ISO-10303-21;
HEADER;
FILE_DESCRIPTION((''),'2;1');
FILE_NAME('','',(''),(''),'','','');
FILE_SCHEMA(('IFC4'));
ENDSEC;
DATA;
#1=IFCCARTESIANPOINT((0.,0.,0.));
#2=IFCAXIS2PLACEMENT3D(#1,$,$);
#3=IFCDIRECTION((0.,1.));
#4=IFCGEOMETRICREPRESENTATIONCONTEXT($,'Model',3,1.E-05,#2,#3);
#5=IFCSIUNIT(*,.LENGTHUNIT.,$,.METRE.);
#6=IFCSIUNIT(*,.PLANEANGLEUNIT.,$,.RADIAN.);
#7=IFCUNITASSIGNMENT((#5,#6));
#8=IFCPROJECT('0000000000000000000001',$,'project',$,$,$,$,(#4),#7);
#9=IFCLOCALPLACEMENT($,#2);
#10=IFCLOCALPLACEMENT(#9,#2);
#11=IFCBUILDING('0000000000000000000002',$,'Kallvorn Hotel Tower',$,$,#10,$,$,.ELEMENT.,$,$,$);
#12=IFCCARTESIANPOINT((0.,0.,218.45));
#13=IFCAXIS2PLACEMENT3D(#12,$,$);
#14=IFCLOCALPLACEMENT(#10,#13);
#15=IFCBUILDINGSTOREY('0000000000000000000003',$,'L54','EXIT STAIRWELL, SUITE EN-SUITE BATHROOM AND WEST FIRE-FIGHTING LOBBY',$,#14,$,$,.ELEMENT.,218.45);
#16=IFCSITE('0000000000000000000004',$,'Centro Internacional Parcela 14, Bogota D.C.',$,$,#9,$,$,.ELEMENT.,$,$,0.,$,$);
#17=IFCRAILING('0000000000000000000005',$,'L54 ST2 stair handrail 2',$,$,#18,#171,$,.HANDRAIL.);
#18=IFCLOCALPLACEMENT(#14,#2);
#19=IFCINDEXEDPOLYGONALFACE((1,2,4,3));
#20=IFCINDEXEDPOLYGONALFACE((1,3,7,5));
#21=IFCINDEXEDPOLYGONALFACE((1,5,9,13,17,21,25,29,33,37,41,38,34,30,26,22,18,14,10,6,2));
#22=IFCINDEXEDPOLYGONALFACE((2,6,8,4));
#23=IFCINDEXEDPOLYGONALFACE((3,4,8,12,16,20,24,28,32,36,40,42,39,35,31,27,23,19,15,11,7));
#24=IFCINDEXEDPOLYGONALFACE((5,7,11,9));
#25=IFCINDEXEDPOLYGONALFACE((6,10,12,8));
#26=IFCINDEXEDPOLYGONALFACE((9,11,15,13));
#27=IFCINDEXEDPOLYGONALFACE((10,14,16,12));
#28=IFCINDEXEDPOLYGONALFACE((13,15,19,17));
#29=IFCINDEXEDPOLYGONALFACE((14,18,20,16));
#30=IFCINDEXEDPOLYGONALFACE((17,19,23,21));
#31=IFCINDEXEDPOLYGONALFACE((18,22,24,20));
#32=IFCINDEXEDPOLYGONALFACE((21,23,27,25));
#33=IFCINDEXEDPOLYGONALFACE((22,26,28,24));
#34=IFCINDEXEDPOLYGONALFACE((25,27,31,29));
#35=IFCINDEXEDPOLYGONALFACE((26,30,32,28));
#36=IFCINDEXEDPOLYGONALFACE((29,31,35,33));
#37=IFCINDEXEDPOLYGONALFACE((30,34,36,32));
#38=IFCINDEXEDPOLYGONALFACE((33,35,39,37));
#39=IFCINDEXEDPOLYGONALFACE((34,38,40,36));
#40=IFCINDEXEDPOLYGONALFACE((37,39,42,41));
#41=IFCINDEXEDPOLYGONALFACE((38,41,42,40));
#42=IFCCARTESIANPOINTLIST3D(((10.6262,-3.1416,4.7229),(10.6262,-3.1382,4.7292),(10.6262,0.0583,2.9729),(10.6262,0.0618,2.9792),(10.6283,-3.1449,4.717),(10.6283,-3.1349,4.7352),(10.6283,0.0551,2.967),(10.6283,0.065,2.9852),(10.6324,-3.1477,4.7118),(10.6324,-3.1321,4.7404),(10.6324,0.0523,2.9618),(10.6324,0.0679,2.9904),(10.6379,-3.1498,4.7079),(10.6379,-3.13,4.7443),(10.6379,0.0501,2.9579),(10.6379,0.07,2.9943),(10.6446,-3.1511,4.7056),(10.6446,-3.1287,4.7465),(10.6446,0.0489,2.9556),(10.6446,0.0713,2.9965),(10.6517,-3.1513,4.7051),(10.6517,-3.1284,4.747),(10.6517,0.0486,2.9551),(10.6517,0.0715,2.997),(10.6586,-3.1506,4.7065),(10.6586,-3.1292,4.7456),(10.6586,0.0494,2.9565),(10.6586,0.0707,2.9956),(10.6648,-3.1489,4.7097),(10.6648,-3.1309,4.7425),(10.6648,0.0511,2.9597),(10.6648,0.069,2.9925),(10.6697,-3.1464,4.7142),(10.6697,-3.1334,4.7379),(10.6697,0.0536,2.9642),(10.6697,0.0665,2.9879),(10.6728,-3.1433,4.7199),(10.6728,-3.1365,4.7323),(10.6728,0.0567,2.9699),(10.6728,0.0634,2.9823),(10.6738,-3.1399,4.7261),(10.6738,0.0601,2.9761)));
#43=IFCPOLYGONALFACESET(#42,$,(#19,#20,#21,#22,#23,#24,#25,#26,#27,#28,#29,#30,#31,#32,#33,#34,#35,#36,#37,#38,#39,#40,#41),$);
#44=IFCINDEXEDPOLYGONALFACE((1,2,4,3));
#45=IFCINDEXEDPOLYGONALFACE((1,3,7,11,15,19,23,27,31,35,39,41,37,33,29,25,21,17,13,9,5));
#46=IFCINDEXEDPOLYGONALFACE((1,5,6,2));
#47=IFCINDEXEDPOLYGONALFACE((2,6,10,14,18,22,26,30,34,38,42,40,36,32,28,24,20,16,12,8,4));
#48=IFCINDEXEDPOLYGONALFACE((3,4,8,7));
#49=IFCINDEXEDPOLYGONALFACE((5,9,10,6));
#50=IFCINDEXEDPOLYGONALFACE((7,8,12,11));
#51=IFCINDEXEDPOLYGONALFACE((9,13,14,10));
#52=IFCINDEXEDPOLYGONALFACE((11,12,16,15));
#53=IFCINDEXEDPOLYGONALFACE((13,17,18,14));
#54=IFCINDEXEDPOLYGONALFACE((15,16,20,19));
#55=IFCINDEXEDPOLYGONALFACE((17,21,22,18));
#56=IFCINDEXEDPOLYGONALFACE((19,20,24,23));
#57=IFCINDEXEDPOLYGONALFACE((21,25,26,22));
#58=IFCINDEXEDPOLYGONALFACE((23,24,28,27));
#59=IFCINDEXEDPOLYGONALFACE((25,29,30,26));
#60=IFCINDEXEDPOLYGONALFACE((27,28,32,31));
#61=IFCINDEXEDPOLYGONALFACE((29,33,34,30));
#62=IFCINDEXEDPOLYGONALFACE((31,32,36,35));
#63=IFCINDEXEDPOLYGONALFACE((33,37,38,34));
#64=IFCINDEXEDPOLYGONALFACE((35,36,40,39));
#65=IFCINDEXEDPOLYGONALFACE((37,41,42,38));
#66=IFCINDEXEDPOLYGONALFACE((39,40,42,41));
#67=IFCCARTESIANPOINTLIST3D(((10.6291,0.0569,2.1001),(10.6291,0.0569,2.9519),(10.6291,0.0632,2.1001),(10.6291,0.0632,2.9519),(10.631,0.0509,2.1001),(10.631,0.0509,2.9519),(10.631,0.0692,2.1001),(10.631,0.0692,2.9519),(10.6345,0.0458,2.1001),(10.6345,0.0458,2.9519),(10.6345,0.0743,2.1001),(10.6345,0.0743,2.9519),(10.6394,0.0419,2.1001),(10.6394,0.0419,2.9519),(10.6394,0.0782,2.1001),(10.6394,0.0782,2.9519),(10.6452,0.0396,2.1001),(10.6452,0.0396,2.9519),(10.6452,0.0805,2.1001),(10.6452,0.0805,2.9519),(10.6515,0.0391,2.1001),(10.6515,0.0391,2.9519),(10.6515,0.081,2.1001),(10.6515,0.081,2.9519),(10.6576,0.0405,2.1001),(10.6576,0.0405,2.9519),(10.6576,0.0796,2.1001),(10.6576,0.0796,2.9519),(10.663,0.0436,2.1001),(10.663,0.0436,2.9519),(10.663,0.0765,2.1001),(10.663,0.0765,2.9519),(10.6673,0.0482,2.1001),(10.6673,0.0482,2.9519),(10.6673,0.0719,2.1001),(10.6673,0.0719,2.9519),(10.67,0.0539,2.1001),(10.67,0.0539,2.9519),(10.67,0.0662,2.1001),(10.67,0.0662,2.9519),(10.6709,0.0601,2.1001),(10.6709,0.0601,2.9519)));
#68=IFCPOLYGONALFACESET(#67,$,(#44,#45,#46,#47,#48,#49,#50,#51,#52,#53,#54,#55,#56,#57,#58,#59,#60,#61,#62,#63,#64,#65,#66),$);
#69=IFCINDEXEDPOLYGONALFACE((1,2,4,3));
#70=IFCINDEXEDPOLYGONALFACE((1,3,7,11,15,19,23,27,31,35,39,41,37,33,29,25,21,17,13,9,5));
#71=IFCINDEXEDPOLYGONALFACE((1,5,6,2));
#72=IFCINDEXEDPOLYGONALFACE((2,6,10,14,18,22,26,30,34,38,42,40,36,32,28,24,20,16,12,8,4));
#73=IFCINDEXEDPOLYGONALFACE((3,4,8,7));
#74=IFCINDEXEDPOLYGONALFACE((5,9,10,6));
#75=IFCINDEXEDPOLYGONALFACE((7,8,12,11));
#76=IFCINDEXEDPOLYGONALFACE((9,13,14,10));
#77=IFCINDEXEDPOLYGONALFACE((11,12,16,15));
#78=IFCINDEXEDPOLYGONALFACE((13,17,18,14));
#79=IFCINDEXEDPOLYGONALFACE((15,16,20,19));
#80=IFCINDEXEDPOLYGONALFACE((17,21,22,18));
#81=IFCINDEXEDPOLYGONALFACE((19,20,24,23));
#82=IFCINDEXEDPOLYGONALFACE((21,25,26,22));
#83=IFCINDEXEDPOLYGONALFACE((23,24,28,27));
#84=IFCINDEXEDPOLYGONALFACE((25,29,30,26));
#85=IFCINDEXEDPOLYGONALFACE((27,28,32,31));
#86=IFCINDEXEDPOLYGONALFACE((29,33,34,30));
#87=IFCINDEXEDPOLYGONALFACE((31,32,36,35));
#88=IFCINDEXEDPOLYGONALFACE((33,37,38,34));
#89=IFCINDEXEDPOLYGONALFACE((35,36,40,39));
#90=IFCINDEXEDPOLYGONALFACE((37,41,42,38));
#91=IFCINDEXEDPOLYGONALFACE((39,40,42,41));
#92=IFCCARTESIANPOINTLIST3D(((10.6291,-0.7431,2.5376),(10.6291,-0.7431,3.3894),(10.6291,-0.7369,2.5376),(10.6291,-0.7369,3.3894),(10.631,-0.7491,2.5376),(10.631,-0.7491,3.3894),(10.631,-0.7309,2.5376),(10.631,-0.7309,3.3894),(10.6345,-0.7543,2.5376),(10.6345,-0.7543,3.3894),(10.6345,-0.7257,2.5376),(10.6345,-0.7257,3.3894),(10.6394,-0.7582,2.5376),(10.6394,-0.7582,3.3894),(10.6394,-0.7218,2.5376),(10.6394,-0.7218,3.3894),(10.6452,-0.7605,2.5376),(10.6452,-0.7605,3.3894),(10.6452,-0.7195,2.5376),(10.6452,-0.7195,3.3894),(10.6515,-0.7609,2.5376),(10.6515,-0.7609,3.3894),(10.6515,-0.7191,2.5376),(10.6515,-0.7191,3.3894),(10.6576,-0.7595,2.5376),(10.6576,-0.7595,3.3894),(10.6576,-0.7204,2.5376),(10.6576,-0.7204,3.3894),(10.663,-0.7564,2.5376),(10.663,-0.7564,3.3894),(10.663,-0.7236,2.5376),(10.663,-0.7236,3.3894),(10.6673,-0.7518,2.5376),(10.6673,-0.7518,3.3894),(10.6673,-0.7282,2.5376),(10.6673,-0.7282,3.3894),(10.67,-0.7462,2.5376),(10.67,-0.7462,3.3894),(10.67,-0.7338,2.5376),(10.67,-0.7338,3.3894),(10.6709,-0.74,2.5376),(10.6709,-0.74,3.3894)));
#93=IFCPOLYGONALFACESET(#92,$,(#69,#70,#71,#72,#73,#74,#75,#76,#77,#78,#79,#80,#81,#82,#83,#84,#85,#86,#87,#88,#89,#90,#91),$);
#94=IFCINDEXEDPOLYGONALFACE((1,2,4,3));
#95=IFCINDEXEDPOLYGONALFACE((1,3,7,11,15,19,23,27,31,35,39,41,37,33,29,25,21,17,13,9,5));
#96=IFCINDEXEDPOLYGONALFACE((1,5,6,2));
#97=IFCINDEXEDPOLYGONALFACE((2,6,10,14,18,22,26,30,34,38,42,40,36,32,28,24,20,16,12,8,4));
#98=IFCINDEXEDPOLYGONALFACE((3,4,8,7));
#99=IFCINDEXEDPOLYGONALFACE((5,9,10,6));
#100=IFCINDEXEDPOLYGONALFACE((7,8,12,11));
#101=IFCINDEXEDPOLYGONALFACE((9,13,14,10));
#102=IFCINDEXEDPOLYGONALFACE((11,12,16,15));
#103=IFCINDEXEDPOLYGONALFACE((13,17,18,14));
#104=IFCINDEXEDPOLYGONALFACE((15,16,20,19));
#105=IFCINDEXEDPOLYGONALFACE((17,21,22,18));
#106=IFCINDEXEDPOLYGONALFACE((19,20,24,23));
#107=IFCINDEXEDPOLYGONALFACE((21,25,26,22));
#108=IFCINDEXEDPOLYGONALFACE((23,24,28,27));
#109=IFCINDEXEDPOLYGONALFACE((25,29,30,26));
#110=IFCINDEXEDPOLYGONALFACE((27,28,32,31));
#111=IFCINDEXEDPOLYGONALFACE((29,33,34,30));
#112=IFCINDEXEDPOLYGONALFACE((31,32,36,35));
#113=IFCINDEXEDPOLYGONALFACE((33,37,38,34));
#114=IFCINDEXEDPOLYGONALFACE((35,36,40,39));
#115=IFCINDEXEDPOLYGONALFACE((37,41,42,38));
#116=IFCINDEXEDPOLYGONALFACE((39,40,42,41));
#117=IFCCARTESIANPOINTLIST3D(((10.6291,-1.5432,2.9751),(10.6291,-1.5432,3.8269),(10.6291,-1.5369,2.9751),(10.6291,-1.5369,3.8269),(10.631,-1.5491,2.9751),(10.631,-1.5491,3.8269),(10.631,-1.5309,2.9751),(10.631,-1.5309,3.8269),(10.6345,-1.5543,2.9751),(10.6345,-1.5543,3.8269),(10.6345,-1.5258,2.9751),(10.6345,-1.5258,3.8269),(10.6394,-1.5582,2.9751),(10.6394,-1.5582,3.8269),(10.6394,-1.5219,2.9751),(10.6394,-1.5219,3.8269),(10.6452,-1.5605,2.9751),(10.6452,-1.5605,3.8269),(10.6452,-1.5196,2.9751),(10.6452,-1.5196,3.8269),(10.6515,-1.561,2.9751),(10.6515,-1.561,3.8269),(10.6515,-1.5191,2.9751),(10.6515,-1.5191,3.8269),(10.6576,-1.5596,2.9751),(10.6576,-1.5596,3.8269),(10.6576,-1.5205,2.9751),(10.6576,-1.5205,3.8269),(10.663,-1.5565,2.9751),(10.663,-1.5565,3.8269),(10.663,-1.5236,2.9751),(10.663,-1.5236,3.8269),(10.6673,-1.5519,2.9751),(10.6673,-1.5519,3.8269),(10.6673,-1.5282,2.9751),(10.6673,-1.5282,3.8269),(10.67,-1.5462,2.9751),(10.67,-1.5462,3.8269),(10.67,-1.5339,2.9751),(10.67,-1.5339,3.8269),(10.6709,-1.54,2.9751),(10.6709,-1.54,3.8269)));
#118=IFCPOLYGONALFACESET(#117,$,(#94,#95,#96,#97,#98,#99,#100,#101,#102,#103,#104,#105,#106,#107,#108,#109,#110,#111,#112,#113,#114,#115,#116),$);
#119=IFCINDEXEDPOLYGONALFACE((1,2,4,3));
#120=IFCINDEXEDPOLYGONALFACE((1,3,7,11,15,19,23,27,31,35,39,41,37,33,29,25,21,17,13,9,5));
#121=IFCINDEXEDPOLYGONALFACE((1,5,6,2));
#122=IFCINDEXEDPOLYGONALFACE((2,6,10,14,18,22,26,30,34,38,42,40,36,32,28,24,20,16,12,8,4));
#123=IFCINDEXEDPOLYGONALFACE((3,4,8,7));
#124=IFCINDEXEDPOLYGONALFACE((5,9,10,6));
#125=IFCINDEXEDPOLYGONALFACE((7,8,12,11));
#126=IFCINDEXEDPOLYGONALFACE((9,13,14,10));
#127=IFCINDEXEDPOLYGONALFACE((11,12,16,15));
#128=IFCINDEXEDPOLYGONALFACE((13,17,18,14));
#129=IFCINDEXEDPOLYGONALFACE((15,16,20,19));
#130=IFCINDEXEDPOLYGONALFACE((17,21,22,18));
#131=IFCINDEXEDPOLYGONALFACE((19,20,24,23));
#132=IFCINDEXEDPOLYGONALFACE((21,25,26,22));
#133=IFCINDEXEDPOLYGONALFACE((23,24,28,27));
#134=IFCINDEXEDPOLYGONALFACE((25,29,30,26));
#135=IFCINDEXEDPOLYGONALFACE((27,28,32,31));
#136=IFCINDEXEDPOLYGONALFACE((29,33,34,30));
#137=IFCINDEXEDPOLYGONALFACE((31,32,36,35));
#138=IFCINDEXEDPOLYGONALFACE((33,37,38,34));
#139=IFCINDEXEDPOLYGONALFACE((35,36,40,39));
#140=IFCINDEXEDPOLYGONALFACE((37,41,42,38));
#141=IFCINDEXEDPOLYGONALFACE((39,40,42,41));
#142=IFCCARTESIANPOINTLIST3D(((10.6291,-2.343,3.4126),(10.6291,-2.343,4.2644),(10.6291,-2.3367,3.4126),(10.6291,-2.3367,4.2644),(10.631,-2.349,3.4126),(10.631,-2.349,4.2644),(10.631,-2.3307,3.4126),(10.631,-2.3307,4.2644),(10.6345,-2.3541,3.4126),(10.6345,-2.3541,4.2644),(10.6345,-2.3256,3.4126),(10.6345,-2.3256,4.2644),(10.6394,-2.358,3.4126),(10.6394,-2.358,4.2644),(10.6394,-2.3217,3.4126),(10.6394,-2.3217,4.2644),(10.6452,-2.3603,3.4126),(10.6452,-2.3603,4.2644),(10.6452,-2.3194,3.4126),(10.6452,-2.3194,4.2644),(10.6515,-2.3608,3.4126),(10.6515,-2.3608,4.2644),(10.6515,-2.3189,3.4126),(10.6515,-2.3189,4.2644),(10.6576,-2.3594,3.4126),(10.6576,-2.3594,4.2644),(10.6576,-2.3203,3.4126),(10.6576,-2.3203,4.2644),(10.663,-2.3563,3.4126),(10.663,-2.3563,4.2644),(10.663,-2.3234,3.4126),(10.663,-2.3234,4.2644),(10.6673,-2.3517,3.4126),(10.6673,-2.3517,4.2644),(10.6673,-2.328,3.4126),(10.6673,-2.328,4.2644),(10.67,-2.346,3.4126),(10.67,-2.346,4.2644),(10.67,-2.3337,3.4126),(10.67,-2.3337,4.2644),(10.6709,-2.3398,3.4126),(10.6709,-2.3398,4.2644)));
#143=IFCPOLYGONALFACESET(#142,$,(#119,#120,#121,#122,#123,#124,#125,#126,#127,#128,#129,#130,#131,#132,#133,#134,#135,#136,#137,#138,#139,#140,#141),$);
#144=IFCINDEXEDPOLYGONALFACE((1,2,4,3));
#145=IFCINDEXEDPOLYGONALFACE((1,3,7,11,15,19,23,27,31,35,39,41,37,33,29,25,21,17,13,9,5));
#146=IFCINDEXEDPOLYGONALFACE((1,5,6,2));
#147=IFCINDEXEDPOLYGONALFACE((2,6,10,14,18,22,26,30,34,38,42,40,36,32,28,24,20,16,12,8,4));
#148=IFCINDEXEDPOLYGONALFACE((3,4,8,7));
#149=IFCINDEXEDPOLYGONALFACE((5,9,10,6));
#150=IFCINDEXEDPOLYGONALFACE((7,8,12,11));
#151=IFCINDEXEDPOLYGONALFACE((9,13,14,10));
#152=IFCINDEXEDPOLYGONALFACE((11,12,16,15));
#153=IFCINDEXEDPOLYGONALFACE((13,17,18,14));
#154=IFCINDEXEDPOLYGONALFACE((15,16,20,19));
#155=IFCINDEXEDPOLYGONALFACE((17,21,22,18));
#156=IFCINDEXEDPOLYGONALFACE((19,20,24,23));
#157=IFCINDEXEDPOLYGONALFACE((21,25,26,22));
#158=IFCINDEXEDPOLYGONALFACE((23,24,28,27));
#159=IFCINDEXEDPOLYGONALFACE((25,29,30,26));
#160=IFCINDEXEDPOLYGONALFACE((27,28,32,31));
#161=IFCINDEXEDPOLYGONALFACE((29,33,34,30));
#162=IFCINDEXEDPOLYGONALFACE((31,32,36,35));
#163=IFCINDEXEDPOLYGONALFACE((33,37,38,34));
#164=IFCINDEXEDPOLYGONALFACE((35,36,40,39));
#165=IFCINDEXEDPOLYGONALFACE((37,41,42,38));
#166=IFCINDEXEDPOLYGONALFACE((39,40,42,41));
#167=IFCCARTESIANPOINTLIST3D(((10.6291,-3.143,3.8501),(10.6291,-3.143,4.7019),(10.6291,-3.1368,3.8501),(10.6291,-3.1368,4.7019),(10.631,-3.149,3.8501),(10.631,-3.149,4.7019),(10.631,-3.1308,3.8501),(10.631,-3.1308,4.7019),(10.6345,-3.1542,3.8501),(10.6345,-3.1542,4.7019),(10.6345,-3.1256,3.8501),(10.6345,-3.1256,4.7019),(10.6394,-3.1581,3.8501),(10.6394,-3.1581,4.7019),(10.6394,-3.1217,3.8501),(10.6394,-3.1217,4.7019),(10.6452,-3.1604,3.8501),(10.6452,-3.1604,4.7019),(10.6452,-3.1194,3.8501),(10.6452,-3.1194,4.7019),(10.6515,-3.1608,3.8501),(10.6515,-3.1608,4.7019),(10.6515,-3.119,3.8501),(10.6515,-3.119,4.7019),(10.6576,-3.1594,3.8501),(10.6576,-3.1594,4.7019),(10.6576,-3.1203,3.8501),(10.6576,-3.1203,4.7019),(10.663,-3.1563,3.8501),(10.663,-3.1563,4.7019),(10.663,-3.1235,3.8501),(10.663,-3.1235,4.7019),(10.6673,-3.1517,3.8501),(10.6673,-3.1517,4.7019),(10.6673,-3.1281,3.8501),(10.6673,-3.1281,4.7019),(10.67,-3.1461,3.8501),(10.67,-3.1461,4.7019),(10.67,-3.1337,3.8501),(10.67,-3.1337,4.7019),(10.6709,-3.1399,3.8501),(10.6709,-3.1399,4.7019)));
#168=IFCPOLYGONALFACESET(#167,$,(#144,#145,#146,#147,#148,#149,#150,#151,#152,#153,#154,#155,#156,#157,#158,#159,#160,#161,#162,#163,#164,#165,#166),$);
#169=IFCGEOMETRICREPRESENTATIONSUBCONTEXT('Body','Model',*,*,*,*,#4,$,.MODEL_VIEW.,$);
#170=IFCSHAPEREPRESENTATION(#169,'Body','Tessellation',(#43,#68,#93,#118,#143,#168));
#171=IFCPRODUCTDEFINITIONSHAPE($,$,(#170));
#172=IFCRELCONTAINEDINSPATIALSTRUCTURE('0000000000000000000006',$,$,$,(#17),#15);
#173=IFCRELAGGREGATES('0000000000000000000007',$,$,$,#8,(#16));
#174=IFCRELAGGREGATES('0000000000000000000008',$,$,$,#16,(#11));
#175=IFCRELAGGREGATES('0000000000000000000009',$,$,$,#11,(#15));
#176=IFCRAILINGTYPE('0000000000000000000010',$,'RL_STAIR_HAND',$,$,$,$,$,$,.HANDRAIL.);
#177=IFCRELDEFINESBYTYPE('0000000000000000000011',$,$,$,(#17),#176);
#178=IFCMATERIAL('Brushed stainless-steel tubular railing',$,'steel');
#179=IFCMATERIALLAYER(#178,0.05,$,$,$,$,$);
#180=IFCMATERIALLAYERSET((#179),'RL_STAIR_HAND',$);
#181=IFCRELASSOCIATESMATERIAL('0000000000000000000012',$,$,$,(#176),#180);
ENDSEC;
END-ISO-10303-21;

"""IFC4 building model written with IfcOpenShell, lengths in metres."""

from ifc_helpers import new_model, si_unit, direction, frame, origin, origin_2d, place, context, subcontext, project, spatial, circle, extrude, material, layer, layer_set, type_object, element, save


model = new_model("IFC4")

# Units and contexts
model_context = context("Model", 3, precision=1e-05, world=origin(), true_north=direction((0.0, 1.0)))
body_context = subcontext(model_context, "Body", "Model", "MODEL_VIEW")
ifc_project = project(units=[si_unit("LENGTHUNIT", "METRE"), si_unit("PLANEANGLEUNIT", "RADIAN")], contexts=[model_context])

# Site, building, storey
site_placement = place(None, origin())
site = spatial("IfcSite", under=ifc_project, at=site_placement, Name="Centro Internacional Parcela 14, Bogota D.C.", CompositionType="ELEMENT", RefElevation=0.0)
building_placement = place(site_placement, origin())
building = spatial("IfcBuilding", under=site, at=building_placement, Name="Kallvorn Hotel Tower", CompositionType="ELEMENT")
storey_placement = place(building_placement, frame((0.0, 0.0, 218.45)))
storey = spatial("IfcBuildingStorey", under=building, at=storey_placement, Name="L54", Description="EXIT STAIRWELL, SUITE EN-SUITE BATHROOM AND WEST FIRE-FIGHTING LOBBY", CompositionType="ELEMENT", Elevation=218.45)

# Railing
ifc_material_1 = material(Name="Brushed stainless-steel tubular railing", Category="steel")
ifc_layer_1 = layer(ifc_material_1, 0.05)
ifc_layer_set_1 = layer_set([ifc_layer_1], Name="RL_STAIR_HAND")
railing_type_1 = type_object("IfcRailingType", Name="RL_STAIR_HAND", PredefinedType="HANDRAIL", material=ifc_layer_set_1)
railing_1_placement = place(storey_placement, frame((10.6499, 0.0601, 2.1001)))
element("IfcRailing", 1, at=railing_1_placement, inside=storey, type_object=railing_type_1, Name="L54 ST2 stair handrail 2", PredefinedType="HANDRAIL", context=body_context, shape_type="SweptSolid", body=[
    extrude(circle(Radius=0.0239, at=origin_2d()), frame((0.0, 0.0, 0.876), z_axis=(0.0, -0.877368, 0.479818), x_axis=(1.0, 0.0, 0.0)), (0.0, 0.0, 1.0), 3.6472),
    extrude(circle(Radius=0.021, at=origin_2d()), origin(), (0.0, 0.0, 1.0), 0.8518),
    extrude(circle(Radius=0.021, at=origin_2d()), frame((0.0, -0.8, 0.4375)), (0.0, 0.0, 1.0), 0.8518),
    extrude(circle(Radius=0.021, at=origin_2d()), frame((0.0, -1.6001, 0.875)), (0.0, 0.0, 1.0), 0.8518),
    extrude(circle(Radius=0.021, at=origin_2d()), frame((0.0, -2.3999, 1.3125)), (0.0, 0.0, 1.0), 0.8518),
    extrude(circle(Radius=0.021, at=origin_2d()), frame((0.0, -3.2, 1.75)), (0.0, 0.0, 1.0), 0.8518),
])

save(model, "model.ifc")
